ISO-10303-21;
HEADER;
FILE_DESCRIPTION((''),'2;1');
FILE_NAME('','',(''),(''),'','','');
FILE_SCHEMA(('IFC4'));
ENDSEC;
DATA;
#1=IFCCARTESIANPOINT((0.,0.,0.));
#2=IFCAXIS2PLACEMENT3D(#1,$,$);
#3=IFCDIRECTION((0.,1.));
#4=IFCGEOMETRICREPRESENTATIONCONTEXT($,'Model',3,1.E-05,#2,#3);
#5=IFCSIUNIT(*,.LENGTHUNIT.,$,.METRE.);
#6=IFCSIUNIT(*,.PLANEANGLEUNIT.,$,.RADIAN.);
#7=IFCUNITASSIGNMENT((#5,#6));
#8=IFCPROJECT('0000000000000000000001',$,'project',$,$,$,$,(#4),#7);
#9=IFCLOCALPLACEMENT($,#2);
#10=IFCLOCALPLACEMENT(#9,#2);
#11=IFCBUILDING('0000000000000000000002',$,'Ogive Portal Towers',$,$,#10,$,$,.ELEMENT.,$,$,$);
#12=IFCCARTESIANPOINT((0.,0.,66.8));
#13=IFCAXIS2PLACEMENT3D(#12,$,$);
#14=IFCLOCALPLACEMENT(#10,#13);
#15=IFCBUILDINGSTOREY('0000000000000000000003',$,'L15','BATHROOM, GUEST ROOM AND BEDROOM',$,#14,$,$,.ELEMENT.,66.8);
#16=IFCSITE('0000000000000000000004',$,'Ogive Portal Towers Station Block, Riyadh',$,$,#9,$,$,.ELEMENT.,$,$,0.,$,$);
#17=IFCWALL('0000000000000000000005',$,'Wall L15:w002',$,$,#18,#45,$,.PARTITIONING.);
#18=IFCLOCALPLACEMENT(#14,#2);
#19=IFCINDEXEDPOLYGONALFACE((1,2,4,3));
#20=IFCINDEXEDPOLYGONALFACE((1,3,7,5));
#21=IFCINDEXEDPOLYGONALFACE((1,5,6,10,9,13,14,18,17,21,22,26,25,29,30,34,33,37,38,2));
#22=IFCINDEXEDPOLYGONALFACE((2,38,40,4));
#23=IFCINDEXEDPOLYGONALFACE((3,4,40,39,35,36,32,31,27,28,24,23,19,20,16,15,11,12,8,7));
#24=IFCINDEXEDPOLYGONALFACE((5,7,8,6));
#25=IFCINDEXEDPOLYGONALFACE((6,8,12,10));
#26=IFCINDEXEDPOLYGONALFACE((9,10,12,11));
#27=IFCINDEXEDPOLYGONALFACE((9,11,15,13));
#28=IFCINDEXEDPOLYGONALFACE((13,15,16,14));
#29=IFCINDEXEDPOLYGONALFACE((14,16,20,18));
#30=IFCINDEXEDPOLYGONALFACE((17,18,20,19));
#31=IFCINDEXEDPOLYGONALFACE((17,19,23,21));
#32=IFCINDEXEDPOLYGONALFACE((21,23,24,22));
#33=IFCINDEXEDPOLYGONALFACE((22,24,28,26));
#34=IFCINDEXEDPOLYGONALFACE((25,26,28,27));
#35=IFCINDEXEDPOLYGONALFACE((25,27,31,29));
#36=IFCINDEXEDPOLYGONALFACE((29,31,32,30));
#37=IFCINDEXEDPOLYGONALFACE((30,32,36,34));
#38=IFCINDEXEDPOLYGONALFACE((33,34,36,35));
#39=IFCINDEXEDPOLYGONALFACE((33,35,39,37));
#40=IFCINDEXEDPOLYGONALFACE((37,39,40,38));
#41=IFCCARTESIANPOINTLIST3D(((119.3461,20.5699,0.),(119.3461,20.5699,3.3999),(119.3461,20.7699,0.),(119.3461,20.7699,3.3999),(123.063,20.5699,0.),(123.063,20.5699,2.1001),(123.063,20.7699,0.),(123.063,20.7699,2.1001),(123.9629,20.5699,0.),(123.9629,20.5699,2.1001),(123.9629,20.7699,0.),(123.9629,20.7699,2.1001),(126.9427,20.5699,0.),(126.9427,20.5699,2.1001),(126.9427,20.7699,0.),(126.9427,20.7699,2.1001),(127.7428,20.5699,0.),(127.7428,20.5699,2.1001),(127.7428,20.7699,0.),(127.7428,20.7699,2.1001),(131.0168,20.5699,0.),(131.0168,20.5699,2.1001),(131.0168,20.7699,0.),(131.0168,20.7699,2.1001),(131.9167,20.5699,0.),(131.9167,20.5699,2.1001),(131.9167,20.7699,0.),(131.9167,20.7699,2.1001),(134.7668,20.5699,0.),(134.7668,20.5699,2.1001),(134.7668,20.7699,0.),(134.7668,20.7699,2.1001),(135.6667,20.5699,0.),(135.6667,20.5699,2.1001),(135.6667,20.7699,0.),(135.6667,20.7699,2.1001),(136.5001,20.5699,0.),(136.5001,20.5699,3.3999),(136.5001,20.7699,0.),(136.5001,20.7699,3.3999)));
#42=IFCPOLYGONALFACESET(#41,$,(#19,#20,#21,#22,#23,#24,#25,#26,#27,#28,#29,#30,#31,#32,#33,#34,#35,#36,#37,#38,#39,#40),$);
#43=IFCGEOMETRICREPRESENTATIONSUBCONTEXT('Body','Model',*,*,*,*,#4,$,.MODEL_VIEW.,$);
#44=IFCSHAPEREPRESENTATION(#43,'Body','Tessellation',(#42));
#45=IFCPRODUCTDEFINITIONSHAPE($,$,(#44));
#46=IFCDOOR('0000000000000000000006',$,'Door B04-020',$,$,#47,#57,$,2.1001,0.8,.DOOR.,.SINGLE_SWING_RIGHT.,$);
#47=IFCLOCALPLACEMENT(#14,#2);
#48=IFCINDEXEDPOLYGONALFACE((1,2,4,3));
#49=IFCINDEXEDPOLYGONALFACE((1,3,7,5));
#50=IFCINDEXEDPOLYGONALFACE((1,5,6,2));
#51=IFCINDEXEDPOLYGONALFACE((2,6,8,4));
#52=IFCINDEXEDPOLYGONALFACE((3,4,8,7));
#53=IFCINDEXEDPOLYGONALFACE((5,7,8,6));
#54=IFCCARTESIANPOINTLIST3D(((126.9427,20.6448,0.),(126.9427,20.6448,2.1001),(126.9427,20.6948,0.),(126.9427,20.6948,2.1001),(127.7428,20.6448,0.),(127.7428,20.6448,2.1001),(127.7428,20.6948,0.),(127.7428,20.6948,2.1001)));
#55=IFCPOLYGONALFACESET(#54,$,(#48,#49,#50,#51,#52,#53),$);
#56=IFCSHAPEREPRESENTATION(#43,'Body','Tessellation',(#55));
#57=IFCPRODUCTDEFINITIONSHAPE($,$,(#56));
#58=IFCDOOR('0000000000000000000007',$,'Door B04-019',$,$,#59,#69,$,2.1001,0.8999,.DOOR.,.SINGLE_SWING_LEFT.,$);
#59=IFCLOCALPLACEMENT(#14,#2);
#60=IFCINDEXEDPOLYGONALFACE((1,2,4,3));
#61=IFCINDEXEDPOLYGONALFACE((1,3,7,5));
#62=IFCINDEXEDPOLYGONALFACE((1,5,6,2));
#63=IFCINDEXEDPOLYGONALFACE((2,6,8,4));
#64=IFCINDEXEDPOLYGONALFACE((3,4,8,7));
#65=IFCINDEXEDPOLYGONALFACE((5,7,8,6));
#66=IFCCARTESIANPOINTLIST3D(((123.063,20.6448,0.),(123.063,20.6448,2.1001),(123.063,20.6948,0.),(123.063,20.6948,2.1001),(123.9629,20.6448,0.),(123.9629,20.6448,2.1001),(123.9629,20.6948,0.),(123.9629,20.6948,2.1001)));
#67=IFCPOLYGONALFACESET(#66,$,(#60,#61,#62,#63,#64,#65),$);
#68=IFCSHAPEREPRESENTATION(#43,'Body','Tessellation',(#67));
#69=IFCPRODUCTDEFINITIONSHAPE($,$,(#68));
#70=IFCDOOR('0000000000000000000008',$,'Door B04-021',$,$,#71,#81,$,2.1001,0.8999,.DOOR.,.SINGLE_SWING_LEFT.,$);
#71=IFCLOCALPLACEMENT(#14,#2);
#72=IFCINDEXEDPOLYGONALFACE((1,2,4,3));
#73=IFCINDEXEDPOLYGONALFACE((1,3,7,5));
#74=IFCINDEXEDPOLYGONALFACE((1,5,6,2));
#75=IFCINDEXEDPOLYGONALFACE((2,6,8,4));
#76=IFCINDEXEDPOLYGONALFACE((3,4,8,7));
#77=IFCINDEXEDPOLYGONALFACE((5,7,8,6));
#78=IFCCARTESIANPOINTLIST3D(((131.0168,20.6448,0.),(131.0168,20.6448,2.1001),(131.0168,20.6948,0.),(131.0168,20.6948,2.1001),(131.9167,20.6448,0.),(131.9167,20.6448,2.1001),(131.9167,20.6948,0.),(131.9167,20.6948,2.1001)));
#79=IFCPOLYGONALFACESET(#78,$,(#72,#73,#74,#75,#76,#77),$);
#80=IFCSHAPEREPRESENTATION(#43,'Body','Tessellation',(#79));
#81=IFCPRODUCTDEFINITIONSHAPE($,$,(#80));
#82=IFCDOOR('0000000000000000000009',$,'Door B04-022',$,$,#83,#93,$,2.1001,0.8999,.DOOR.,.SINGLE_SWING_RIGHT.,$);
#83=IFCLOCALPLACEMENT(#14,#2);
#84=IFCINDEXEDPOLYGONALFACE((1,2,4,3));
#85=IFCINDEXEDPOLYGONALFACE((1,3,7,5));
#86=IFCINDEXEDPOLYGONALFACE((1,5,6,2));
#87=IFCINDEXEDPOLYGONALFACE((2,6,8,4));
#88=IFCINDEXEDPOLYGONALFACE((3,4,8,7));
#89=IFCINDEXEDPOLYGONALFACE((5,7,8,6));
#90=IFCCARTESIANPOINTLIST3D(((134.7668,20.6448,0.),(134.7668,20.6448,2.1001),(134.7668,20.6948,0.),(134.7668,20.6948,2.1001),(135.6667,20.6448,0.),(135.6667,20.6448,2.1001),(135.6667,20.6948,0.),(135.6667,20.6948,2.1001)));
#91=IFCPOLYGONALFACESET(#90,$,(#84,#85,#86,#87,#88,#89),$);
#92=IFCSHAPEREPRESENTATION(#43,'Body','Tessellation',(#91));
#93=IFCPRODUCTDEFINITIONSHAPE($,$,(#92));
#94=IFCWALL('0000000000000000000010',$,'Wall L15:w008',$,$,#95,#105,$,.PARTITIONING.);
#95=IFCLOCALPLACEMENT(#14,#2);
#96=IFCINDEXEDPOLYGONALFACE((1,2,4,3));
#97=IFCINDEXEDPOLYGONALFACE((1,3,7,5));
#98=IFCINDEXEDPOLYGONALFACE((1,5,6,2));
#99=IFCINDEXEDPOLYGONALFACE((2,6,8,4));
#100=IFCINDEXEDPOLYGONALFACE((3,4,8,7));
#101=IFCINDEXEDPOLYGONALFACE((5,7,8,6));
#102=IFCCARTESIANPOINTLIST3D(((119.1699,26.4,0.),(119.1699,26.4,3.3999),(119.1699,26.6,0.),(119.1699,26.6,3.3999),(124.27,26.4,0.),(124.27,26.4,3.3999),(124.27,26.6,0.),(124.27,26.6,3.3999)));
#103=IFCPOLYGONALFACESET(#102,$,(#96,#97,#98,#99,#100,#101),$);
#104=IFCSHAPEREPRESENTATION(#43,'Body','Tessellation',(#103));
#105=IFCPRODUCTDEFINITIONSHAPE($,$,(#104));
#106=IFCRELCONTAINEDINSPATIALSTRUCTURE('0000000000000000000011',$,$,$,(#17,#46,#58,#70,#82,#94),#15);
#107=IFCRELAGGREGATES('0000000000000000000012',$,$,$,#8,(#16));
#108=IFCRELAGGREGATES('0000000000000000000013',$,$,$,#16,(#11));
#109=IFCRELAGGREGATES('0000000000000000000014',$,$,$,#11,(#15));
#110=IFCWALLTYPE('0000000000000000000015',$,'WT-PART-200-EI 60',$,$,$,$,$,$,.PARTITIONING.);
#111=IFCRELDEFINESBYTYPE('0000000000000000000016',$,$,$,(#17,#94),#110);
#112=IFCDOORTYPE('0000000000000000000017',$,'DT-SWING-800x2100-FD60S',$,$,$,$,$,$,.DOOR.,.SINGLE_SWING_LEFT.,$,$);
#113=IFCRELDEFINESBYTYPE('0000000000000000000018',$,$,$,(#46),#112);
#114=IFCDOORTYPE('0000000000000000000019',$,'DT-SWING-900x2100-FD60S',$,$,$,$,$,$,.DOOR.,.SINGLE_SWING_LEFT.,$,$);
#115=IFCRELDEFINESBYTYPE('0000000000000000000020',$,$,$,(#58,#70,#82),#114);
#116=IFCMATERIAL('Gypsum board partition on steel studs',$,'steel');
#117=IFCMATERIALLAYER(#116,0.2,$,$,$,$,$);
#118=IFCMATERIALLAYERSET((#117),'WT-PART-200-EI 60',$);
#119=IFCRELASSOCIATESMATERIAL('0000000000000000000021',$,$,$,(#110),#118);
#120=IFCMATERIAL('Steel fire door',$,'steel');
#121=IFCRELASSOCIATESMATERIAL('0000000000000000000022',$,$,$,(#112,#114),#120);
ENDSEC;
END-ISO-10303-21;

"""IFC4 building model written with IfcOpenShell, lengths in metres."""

from ifc_helpers import new_model, si_unit, direction, frame, frame_2d, origin, place, context, subcontext, project, spatial, rectangle, extrude, material, layer, layer_set, type_object, element, fill, save


model = new_model("IFC4")

# Units and contexts
model_context = context("Model", 3, precision=1e-05, world=origin(), true_north=direction((0.0, 1.0)))
body_context = subcontext(model_context, "Body", "Model", "MODEL_VIEW")
ifc_project = project(units=[si_unit("LENGTHUNIT", "METRE"), si_unit("PLANEANGLEUNIT", "RADIAN")], contexts=[model_context])

# Site, building, storey
site_placement = place(None, origin())
site = spatial("IfcSite", under=ifc_project, at=site_placement, Name="Ogive Portal Towers Station Block, Riyadh", CompositionType="ELEMENT", RefElevation=0.0)
building_placement = place(site_placement, origin())
building = spatial("IfcBuilding", under=site, at=building_placement, Name="Ogive Portal Towers", CompositionType="ELEMENT")
storey_placement = place(building_placement, frame((0.0, 0.0, 66.8)))
storey = spatial("IfcBuildingStorey", under=building, at=storey_placement, Name="L15", Description="BATHROOM, GUEST ROOM AND BEDROOM", CompositionType="ELEMENT", Elevation=66.8)

# Wall, openings, doors
ifc_material_1 = material(Name="Steel fire door", Category="steel")
ifc_material_2 = material(Name="Gypsum board partition on steel studs", Category="steel")
ifc_layer_1 = layer(ifc_material_2, 0.2)
ifc_layer_set_1 = layer_set([ifc_layer_1], Name="WT-PART-200-EI 60")
wall_type_1 = type_object("IfcWallType", Name="WT-PART-200-EI 60", PredefinedType="PARTITIONING", material=ifc_layer_set_1)
wall_1_placement = place(storey_placement, frame((119.3459, 20.6699, 0.0), z_axis=(0.0, 0.0, 1.0), x_axis=(1.0, 0.0, 0.0)))
wall_1 = element("IfcWall", 1, at=wall_1_placement, inside=storey, type_object=wall_type_1, Name="Wall L15:w002", PredefinedType="PARTITIONING", context=body_context, shape_type="SweptSolid", body=[
    extrude(rectangle(XDim=17.1541, YDim=0.2, at=frame_2d((8.5771, 0.0))), origin(), (0.0, 0.0, 1.0), 3.3999),
])
opening_1_placement = place(wall_1_placement, frame((3.717, 0.0, 0.0)))
opening_1 = element("IfcOpeningElement", 2, at=opening_1_placement, cuts=wall_1, PredefinedType="OPENING", context=body_context, shape_type="SweptSolid", body=[
    extrude(rectangle(XDim=0.8999, YDim=2.1001, at=frame_2d((0.45, 1.05))), frame((0.0, 0.1099, 0.0), z_axis=(0.0, -1.0, 0.0), x_axis=(1.0, 0.0, 0.0)), (0.0, 0.0, 1.0), 0.22),
])
opening_2_placement = place(wall_1_placement, frame((7.5969, 0.0, 0.0)))
opening_2 = element("IfcOpeningElement", 3, at=opening_2_placement, cuts=wall_1, PredefinedType="OPENING", context=body_context, shape_type="SweptSolid", body=[
    extrude(rectangle(XDim=0.8, YDim=2.1001, at=frame_2d((0.3999, 1.05))), frame((0.0, 0.1099, 0.0), z_axis=(0.0, -1.0, 0.0), x_axis=(1.0, 0.0, 0.0)), (0.0, 0.0, 1.0), 0.22),
])
opening_3_placement = place(wall_1_placement, frame((11.6709, 0.0, 0.0)))
opening_3 = element("IfcOpeningElement", 4, at=opening_3_placement, cuts=wall_1, PredefinedType="OPENING", context=body_context, shape_type="SweptSolid", body=[
    extrude(rectangle(XDim=0.8999, YDim=2.1001, at=frame_2d((0.45, 1.05))), frame((0.0, 0.1099, 0.0), z_axis=(0.0, -1.0, 0.0), x_axis=(1.0, 0.0, 0.0)), (0.0, 0.0, 1.0), 0.22),
])
opening_4_placement = place(wall_1_placement, frame((15.4209, 0.0, 0.0)))
opening_4 = element("IfcOpeningElement", 5, at=opening_4_placement, cuts=wall_1, PredefinedType="OPENING", context=body_context, shape_type="SweptSolid", body=[
    extrude(rectangle(XDim=0.8999, YDim=2.1001, at=frame_2d((0.45, 1.05))), frame((0.0, 0.1099, 0.0), z_axis=(0.0, -1.0, 0.0), x_axis=(1.0, 0.0, 0.0)), (0.0, 0.0, 1.0), 0.22),
])
door_type_1 = type_object("IfcDoorType", Name="DT-SWING-800x2100-FD60S", OperationType="SINGLE_SWING_LEFT", PredefinedType="DOOR", material=ifc_material_1)
door_1_placement = place(opening_2_placement, origin())
door_1 = element("IfcDoor", 6, at=door_1_placement, inside=storey, type_object=door_type_1, Name="Door B04-020", OperationType="SINGLE_SWING_RIGHT", OverallHeight=2.1001, OverallWidth=0.8, PredefinedType="DOOR", context=body_context, shape_type="SweptSolid", body=[
    extrude(rectangle(XDim=0.8, YDim=2.1001, at=frame_2d((0.3999, 1.05))), frame((0.0, 0.0249, 0.0), z_axis=(0.0, -1.0, 0.0), x_axis=(1.0, 0.0, 0.0)), (0.0, 0.0, 1.0), 0.05),
])
fill(opening_2, door_1)
door_type_2 = type_object("IfcDoorType", Name="DT-SWING-900x2100-FD60S", OperationType="SINGLE_SWING_LEFT", PredefinedType="DOOR", material=ifc_material_1)
door_2_placement = place(opening_1_placement, origin())
door_2 = element("IfcDoor", 7, at=door_2_placement, inside=storey, type_object=door_type_2, Name="Door B04-019", OperationType="SINGLE_SWING_LEFT", OverallHeight=2.1001, OverallWidth=0.8999, PredefinedType="DOOR", context=body_context, shape_type="SweptSolid", body=[
    extrude(rectangle(XDim=0.8999, YDim=2.1001, at=frame_2d((0.45, 1.05))), frame((0.0, 0.0249, 0.0), z_axis=(0.0, -1.0, 0.0), x_axis=(1.0, 0.0, 0.0)), (0.0, 0.0, 1.0), 0.05),
])
fill(opening_1, door_2)
door_3_placement = place(opening_3_placement, origin())
door_3 = element("IfcDoor", 8, at=door_3_placement, inside=storey, type_object=door_type_2, Name="Door B04-021", OperationType="SINGLE_SWING_LEFT", OverallHeight=2.1001, OverallWidth=0.8999, PredefinedType="DOOR", context=body_context, shape_type="SweptSolid", body=[
    extrude(rectangle(XDim=0.8999, YDim=2.1001, at=frame_2d((0.45, 1.05))), frame((0.0, 0.0249, 0.0), z_axis=(0.0, -1.0, 0.0), x_axis=(1.0, 0.0, 0.0)), (0.0, 0.0, 1.0), 0.05),
])
fill(opening_3, door_3)
door_4_placement = place(opening_4_placement, origin())
door_4 = element("IfcDoor", 9, at=door_4_placement, inside=storey, type_object=door_type_2, Name="Door B04-022", OperationType="SINGLE_SWING_RIGHT", OverallHeight=2.1001, OverallWidth=0.8999, PredefinedType="DOOR", context=body_context, shape_type="SweptSolid", body=[
    extrude(rectangle(XDim=0.8999, YDim=2.1001, at=frame_2d((0.45, 1.05))), frame((0.0, 0.0249, 0.0), z_axis=(0.0, -1.0, 0.0), x_axis=(1.0, 0.0, 0.0)), (0.0, 0.0, 1.0), 0.05),
])
fill(opening_4, door_4)

# Wall
wall_2_placement = place(storey_placement, frame((119.1699, 26.5, 0.0), z_axis=(0.0, 0.0, 1.0), x_axis=(1.0, 0.0, 0.0)))
element("IfcWall", 10, at=wall_2_placement, inside=storey, type_object=wall_type_1, Name="Wall L15:w008", PredefinedType="PARTITIONING", context=body_context, shape_type="SweptSolid", body=[
    extrude(rectangle(XDim=5.1001, YDim=0.2, at=frame_2d((2.55, 0.0))), origin(), (0.0, 0.0, 1.0), 3.3999),
])

save(model, "model.ifc")
